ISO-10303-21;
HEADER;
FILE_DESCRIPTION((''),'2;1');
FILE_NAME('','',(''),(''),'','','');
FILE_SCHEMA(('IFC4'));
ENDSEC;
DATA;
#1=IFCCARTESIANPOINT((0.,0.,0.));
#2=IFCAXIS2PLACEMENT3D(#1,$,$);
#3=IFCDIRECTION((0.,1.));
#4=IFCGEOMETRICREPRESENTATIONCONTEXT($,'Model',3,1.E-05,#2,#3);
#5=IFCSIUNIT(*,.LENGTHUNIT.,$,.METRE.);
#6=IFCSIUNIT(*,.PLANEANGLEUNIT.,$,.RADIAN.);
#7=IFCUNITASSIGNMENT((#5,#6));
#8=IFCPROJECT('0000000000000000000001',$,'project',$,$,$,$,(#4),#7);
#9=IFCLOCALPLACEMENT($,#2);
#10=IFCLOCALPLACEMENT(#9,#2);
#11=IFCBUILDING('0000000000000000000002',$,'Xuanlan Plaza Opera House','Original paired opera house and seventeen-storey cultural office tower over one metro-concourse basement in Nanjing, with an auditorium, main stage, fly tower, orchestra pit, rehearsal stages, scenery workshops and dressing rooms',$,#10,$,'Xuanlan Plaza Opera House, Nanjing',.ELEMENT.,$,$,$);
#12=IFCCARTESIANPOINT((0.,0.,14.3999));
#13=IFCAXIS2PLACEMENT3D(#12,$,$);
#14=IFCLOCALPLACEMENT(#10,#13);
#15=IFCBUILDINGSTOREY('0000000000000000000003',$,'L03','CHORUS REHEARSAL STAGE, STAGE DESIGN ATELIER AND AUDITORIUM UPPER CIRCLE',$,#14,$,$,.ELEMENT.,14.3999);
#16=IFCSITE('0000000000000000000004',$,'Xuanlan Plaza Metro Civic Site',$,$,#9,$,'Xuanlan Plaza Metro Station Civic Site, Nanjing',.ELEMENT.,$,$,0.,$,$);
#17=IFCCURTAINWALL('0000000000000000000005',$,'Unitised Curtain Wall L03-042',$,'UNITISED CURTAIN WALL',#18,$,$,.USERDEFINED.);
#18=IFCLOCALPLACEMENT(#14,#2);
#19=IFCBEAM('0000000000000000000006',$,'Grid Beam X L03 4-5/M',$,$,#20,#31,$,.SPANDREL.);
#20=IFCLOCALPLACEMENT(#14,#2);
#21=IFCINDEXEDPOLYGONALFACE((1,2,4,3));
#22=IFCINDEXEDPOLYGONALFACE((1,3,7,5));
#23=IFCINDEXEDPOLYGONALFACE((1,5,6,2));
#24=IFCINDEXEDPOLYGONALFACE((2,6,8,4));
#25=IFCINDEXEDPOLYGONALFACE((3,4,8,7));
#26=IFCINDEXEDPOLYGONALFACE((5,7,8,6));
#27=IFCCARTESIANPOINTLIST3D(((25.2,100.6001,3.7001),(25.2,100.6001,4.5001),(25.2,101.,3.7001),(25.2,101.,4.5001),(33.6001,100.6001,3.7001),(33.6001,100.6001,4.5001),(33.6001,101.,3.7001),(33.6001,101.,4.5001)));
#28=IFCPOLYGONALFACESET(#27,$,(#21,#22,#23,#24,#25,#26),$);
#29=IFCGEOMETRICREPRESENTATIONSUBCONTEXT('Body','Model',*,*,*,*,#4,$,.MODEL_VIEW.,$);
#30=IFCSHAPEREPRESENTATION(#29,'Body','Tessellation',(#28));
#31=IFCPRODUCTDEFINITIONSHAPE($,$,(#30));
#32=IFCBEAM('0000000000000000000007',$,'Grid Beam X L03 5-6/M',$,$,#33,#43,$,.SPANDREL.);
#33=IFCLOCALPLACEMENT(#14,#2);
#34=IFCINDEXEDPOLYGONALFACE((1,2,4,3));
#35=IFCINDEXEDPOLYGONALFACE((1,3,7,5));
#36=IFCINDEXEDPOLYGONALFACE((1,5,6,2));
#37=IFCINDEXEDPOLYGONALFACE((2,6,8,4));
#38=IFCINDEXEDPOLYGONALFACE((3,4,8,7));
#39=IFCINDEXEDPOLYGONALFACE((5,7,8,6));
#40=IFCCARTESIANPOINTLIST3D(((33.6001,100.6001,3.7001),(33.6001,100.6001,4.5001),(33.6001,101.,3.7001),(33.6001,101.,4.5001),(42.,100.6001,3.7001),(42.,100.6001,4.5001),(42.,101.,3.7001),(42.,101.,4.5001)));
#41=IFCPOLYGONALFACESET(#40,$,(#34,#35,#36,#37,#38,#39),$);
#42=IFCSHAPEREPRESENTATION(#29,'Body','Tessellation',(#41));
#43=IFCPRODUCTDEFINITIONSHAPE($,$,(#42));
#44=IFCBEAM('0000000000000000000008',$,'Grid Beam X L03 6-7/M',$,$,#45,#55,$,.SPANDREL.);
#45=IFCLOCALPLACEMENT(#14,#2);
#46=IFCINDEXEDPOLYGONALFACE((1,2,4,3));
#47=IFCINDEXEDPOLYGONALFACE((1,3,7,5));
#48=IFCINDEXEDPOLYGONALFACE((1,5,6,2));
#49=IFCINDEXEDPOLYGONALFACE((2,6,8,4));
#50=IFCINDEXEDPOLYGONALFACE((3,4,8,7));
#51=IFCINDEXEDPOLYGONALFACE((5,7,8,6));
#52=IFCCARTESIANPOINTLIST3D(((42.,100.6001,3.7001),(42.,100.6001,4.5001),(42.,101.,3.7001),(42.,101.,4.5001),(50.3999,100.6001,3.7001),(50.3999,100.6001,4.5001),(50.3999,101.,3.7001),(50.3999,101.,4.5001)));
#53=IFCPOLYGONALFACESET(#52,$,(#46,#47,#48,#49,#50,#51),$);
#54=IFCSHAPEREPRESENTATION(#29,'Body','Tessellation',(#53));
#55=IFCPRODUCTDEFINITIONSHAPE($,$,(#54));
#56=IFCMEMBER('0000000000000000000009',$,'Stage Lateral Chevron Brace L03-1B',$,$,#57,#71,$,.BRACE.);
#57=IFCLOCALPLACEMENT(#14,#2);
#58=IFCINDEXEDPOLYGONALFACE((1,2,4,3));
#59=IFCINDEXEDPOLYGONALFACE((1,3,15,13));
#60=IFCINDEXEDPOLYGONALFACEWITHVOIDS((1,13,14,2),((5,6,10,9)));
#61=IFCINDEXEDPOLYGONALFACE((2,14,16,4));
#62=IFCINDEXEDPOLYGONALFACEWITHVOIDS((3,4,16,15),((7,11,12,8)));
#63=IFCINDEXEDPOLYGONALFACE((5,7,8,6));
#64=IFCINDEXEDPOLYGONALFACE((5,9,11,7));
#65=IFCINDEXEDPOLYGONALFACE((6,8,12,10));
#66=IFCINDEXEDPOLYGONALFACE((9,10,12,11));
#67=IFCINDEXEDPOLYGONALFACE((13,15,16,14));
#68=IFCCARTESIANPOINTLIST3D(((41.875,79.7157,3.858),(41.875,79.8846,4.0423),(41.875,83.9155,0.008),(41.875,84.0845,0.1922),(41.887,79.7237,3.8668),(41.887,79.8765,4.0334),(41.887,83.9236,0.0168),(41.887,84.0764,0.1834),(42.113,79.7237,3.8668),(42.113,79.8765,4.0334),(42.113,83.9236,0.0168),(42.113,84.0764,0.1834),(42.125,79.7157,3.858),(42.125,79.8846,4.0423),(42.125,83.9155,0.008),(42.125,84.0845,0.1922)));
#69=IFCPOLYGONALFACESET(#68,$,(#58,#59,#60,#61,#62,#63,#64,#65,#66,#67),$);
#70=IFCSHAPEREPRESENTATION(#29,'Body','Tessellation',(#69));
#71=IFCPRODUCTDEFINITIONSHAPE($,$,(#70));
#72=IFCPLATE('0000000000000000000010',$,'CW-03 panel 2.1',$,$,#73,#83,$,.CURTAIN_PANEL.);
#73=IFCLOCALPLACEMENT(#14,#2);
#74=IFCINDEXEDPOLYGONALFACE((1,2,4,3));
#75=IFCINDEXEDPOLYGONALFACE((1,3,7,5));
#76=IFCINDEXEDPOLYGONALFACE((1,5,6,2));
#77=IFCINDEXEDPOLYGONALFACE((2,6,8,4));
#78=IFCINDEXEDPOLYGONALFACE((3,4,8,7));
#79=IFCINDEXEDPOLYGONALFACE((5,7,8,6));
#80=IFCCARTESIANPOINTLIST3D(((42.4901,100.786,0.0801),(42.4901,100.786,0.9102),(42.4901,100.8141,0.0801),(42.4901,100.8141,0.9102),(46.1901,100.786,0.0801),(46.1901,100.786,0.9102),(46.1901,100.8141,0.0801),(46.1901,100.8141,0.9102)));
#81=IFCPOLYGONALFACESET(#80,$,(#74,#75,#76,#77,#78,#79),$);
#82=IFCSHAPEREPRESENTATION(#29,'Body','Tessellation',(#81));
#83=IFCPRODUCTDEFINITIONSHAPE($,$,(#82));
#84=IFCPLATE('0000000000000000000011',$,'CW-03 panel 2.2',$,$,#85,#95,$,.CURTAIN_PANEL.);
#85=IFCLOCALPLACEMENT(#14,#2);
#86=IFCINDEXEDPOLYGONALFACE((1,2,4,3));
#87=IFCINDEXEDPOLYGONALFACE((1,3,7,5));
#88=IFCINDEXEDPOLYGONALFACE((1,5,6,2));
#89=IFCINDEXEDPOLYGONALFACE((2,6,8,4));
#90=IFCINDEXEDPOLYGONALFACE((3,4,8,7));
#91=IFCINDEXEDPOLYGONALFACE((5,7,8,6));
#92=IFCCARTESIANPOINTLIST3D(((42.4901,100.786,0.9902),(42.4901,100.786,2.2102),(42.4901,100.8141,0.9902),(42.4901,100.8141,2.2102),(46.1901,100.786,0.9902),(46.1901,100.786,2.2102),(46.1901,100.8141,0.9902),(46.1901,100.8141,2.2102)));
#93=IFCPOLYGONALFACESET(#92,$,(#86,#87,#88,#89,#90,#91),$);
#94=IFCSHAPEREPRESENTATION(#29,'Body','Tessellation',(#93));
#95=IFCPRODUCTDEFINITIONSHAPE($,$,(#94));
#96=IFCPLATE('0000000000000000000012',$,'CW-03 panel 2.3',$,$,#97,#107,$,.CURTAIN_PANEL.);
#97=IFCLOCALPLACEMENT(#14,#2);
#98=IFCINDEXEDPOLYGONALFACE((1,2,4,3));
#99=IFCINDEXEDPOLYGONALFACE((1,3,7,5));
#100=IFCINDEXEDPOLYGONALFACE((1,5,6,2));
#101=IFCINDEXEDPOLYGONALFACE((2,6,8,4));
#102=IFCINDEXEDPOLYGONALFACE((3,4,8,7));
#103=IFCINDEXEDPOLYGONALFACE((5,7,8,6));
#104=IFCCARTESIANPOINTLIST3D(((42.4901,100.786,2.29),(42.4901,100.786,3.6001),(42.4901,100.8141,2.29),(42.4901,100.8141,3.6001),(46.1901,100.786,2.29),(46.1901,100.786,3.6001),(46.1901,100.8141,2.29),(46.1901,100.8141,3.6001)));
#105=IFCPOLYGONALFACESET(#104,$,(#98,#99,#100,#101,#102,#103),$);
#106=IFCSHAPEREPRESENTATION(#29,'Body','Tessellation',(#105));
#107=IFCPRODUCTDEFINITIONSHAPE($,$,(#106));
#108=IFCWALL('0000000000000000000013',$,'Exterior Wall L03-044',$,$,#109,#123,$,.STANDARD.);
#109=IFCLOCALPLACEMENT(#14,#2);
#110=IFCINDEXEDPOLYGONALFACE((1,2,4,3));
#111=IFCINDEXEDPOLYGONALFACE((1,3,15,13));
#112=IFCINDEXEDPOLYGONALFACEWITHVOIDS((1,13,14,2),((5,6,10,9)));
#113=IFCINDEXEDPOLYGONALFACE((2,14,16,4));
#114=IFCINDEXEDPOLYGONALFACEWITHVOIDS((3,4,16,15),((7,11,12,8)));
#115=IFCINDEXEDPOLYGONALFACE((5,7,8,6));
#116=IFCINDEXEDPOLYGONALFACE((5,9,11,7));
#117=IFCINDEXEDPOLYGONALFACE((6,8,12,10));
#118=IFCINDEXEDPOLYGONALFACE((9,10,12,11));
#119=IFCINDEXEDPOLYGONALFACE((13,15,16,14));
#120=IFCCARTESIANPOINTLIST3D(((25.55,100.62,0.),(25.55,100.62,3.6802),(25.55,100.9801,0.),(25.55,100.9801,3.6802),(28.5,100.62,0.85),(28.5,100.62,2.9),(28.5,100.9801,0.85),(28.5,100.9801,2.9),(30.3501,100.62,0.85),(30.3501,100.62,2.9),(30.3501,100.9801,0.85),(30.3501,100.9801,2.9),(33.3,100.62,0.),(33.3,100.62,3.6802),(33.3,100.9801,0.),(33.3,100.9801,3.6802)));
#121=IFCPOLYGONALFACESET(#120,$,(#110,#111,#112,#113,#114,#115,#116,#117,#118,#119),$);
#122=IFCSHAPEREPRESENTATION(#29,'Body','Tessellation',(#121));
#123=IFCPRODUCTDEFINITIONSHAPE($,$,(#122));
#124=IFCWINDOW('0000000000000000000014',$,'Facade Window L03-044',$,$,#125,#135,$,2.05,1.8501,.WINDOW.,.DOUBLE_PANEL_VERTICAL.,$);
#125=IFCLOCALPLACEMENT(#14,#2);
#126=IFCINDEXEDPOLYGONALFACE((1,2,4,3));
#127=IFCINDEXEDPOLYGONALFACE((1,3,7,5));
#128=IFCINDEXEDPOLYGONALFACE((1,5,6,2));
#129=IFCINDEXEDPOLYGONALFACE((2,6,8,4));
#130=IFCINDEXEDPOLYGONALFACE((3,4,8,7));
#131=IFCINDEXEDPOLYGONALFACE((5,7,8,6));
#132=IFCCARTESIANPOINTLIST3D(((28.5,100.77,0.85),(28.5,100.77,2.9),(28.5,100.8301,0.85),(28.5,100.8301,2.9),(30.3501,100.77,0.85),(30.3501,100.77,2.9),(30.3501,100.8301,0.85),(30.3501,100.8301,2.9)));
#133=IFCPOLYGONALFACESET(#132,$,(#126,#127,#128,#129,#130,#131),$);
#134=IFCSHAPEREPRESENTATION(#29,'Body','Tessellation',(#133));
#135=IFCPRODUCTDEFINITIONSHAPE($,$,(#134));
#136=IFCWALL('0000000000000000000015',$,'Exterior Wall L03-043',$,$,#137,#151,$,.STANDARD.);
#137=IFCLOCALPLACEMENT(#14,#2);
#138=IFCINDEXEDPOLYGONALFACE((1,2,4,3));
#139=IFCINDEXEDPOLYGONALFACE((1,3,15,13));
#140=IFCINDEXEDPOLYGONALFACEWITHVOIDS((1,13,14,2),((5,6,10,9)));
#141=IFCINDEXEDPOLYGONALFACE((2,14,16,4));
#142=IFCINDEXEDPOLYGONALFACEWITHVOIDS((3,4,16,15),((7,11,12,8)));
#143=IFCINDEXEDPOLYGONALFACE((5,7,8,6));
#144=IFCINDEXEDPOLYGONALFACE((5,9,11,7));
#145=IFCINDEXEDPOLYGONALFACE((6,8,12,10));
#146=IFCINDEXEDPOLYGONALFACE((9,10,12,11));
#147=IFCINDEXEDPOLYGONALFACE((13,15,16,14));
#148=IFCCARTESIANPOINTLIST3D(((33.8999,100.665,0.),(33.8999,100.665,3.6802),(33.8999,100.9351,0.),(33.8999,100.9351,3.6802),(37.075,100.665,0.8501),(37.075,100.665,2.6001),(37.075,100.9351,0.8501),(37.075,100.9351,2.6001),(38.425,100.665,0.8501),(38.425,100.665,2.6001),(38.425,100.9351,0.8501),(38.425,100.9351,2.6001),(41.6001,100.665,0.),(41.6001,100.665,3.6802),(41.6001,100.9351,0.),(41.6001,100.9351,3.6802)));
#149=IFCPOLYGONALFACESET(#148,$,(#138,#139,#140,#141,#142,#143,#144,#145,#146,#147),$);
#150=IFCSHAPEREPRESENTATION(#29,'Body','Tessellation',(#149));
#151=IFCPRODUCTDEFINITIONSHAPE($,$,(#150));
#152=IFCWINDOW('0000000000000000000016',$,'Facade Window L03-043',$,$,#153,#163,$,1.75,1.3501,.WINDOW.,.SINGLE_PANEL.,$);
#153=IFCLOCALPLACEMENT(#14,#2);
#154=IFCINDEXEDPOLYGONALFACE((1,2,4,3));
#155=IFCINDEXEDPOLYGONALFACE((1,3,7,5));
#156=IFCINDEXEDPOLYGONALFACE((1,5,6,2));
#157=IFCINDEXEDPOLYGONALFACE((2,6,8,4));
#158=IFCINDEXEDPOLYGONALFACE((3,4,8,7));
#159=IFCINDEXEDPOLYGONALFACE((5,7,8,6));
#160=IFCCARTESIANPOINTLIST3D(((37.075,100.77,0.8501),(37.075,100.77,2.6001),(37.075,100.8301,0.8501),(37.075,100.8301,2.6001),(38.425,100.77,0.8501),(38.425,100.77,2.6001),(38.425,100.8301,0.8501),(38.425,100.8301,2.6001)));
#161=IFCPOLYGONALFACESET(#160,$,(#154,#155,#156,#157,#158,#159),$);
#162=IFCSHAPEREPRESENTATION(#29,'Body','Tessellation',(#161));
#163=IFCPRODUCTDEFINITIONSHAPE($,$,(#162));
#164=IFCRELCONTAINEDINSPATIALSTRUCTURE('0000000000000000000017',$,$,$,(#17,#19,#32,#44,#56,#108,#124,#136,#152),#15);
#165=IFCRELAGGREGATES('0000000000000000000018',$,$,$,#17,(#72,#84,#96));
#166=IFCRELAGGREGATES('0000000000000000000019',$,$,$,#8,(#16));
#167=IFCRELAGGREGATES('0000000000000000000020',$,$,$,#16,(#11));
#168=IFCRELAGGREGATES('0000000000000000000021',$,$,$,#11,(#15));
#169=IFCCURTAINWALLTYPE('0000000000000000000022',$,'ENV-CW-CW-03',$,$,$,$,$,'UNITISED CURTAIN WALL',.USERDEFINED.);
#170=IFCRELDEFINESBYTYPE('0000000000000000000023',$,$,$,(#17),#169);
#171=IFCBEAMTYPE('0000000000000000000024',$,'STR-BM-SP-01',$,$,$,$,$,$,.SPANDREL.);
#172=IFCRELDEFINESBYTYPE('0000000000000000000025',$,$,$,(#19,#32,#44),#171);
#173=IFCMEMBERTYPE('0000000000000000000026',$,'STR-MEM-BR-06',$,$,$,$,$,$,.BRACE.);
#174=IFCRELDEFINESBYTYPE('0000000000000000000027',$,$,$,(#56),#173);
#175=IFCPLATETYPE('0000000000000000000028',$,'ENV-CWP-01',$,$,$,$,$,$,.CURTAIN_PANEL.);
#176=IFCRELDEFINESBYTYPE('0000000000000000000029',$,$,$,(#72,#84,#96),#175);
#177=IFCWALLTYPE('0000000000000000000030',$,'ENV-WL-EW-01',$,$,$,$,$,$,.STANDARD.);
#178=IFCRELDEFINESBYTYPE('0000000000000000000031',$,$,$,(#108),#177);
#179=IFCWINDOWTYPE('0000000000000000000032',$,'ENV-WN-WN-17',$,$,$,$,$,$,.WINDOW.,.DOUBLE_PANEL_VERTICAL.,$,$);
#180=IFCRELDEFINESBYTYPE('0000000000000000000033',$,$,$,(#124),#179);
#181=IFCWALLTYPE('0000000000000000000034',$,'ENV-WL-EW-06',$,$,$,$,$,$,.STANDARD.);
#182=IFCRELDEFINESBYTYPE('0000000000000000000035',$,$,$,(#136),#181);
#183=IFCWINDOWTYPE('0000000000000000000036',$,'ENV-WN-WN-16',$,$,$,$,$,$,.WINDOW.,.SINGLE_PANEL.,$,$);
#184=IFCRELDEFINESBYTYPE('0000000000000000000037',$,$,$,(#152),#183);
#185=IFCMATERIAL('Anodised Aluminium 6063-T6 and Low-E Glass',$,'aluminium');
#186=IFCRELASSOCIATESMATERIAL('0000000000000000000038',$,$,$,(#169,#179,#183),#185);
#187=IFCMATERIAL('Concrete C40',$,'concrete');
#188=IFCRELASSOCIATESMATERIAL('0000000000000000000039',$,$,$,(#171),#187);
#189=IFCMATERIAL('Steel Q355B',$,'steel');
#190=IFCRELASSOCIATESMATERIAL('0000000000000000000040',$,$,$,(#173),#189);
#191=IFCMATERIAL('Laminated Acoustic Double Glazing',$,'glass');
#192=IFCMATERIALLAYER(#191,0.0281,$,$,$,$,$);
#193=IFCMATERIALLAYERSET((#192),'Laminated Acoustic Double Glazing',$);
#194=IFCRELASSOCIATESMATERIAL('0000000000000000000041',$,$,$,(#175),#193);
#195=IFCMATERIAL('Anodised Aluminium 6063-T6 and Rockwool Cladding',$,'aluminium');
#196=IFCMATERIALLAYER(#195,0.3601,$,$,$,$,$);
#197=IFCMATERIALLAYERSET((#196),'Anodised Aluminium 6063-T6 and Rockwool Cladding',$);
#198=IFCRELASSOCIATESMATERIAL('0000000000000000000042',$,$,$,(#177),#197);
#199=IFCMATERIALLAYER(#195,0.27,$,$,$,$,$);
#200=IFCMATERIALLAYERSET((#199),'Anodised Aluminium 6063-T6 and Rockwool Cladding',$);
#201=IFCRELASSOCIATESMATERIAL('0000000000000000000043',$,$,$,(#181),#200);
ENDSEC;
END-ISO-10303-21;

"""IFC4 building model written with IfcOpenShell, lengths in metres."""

from ifc_helpers import new_model, si_unit, direction, frame, frame_2d, origin, origin_2d, place, context, subcontext, project, spatial, rectangle, hollow_rectangle, extrude, material, layer, layer_set, material_profile, profile_set, type_object, element, fill, aggregate, save


model = new_model("IFC4")

# Units and contexts
model_context = context("Model", 3, precision=1e-05, world=origin(), true_north=direction((0.0, 1.0)))
body_context = subcontext(model_context, "Body", "Model", "MODEL_VIEW")
ifc_project = project(units=[si_unit("LENGTHUNIT", "METRE"), si_unit("PLANEANGLEUNIT", "RADIAN")], contexts=[model_context])

# Site, building, storey
site_placement = place(None, origin())
site = spatial("IfcSite", under=ifc_project, at=site_placement, Name="Xuanlan Plaza Metro Civic Site", LongName="Xuanlan Plaza Metro Station Civic Site, Nanjing", CompositionType="ELEMENT", RefElevation=0.0)
building_placement = place(site_placement, origin())
building = spatial("IfcBuilding", under=site, at=building_placement, Name="Xuanlan Plaza Opera House", Description="Original paired opera house and seventeen-storey cultural office tower over one metro-concourse basement in Nanjing, with an auditorium, main stage, fly tower, orchestra pit, rehearsal stages, scenery workshops and dressing rooms", LongName="Xuanlan Plaza Opera House, Nanjing", CompositionType="ELEMENT")
storey_placement = place(building_placement, frame((0.0, 0.0, 14.3999)))
storey = spatial("IfcBuildingStorey", under=building, at=storey_placement, Name="L03", Description="CHORUS REHEARSAL STAGE, STAGE DESIGN ATELIER AND AUDITORIUM UPPER CIRCLE", CompositionType="ELEMENT", Elevation=14.3999)

# Shared definitions
ifc_material_1 = material(Name="Concrete C40", Category="concrete")

# Curtain wall
ifc_material_2 = material(Name="Anodised Aluminium 6063-T6 and Low-E Glass", Category="aluminium")
curtain_wall_type = type_object("IfcCurtainWallType", Name="ENV-CW-CW-03", ElementType="UNITISED CURTAIN WALL", PredefinedType="USERDEFINED", material=ifc_material_2)
curtain_wall_placement = place(storey_placement, origin())
curtain_wall = element("IfcCurtainWall", 1, at=curtain_wall_placement, inside=storey, type_object=curtain_wall_type, Name="Unitised Curtain Wall L03-042", ObjectType="UNITISED CURTAIN WALL", PredefinedType="USERDEFINED")

# Beams
ifc_material_3 = material(Name="Steel Q355B", Category="steel")
ifc_material_profile_1 = material_profile(ifc_material_1, rectangle(XDim=0.3999, YDim=0.8, at=origin_2d()), Name="RC-SPD 400x800")
ifc_profile_set_1 = profile_set([ifc_material_profile_1], Name="Concrete C40")
beam_type_1 = type_object("IfcBeamType", Name="STR-BM-SP-01", PredefinedType="SPANDREL", material=ifc_profile_set_1)
beam_1_placement = place(storey_placement, frame((25.2, 100.8, 4.1001), z_axis=(1.0, 0.0, 0.0), x_axis=(0.0, 1.0, 0.0)))
element("IfcBeam", 2, at=beam_1_placement, inside=storey, type_object=beam_type_1, Name="Grid Beam X L03 4-5/M", PredefinedType="SPANDREL", context=body_context, shape_type="SweptSolid", body=[
    extrude(rectangle(XDim=0.3999, YDim=0.8, at=origin_2d()), origin(), (0.0, 0.0, 1.0), 8.4001),
])
for number, where, z_axis, x_axis, name in (
    (3, (33.6001, 100.8, 4.1001), (1.0, 0.0, 0.0), (0.0, 1.0, 0.0), "Grid Beam X L03 5-6/M"),
    (4, (42.0, 100.8, 4.1001), (1.0, 0.0, 0.0), (0.0, 1.0, 0.0), "Grid Beam X L03 6-7/M"),
):
    element("IfcBeam", number, at=place(storey_placement, frame(where, z_axis=z_axis, x_axis=x_axis)), inside=storey, type_object=beam_type_1, Name=name, PredefinedType="SPANDREL", context=body_context, shape_type="SweptSolid", body=[
        extrude(rectangle(XDim=0.3999, YDim=0.8, at=origin_2d()), origin(), (0.0, 0.0, 1.0), 8.3999),
    ])

# Member
ifc_material_profile_2 = material_profile(ifc_material_3, hollow_rectangle(XDim=0.25, YDim=0.25, WallThickness=0.012, at=origin_2d()), Name="SHS 250x250x12")
ifc_profile_set_2 = profile_set([ifc_material_profile_2], Name="Steel Q355B")
member_type_1 = type_object("IfcMemberType", Name="STR-MEM-BR-06", PredefinedType="BRACE", material=ifc_profile_set_2)
member_1_placement = place(storey_placement, frame((42.0, 84.0, 0.1001), z_axis=(0.0, -0.737142, 0.675738), x_axis=(1.0, 0.0, 0.0)))
element("IfcMember", 5, at=member_1_placement, inside=storey, type_object=member_type_1, Name="Stage Lateral Chevron Brace L03-1B", PredefinedType="BRACE", context=body_context, shape_type="SweptSolid", body=[
    extrude(hollow_rectangle(XDim=0.25, YDim=0.25, WallThickness=0.012, at=origin_2d()), origin(), (0.0, 0.0, 1.0), 5.6975),
])

# Plates
ifc_material_4 = material(Name="Laminated Acoustic Double Glazing", Category="glass")
ifc_layer_1 = layer(ifc_material_4, 0.0281)
ifc_layer_set_1 = layer_set([ifc_layer_1], Name="Laminated Acoustic Double Glazing")
plate_type = type_object("IfcPlateType", Name="ENV-CWP-01", PredefinedType="CURTAIN_PANEL", material=ifc_layer_set_1)
plate_1_placement = place(storey_placement, frame((44.3401, 100.8, 0.0801), z_axis=(0.0, 0.0, 1.0), x_axis=(-1.0, 0.0, 0.0)))
plate_1 = element("IfcPlate", 6, at=plate_1_placement, type_object=plate_type, Name="CW-03 panel 2.1", PredefinedType="CURTAIN_PANEL", context=body_context, shape_type="SweptSolid", body=[
    extrude(rectangle(XDim=3.7, YDim=0.0281, at=origin_2d()), origin(), (0.0, 0.0, 1.0), 0.8301),
])
plate_2_placement = place(storey_placement, frame((44.3401, 100.8, 0.9902), z_axis=(0.0, 0.0, 1.0), x_axis=(-1.0, 0.0, 0.0)))
plate_2 = element("IfcPlate", 7, at=plate_2_placement, type_object=plate_type, Name="CW-03 panel 2.2", PredefinedType="CURTAIN_PANEL", context=body_context, shape_type="SweptSolid", body=[
    extrude(rectangle(XDim=3.7, YDim=0.0281, at=origin_2d()), origin(), (0.0, 0.0, 1.0), 1.22),
])
plate_3_placement = place(storey_placement, frame((44.3401, 100.8, 2.29), z_axis=(0.0, 0.0, 1.0), x_axis=(-1.0, 0.0, 0.0)))
plate_3 = element("IfcPlate", 8, at=plate_3_placement, type_object=plate_type, Name="CW-03 panel 2.3", PredefinedType="CURTAIN_PANEL", context=body_context, shape_type="SweptSolid", body=[
    extrude(rectangle(XDim=3.7, YDim=0.0281, at=origin_2d()), origin(), (0.0, 0.0, 1.0), 1.3101),
])
aggregate(curtain_wall, [plate_1, plate_2, plate_3])

# Walls, openings, windows
ifc_material_5 = material(Name="Anodised Aluminium 6063-T6 and Rockwool Cladding", Category="aluminium")
ifc_layer_2 = layer(ifc_material_5, 0.3601)
ifc_layer_set_2 = layer_set([ifc_layer_2], Name="Anodised Aluminium 6063-T6 and Rockwool Cladding")
wall_type_1 = type_object("IfcWallType", Name="ENV-WL-EW-01", PredefinedType="STANDARD", material=ifc_layer_set_2)
wall_1_placement = place(storey_placement, frame((33.3, 100.8, 0.0), z_axis=(0.0, 0.0, 1.0), x_axis=(-1.0, 0.0, 0.0)))
wall_1 = element("IfcWall", 9, at=wall_1_placement, inside=storey, type_object=wall_type_1, Name="Exterior Wall L03-044", PredefinedType="STANDARD", context=body_context, shape_type="SweptSolid", body=[
    extrude(rectangle(XDim=7.75, YDim=0.3601, at=frame_2d((3.875, 0.0))), origin(), (0.0, 0.0, 1.0), 3.6802),
])
opening_1_placement = place(wall_1_placement, frame((2.95, 0.0, 0.8501)))
opening_1 = element("IfcOpeningElement", 10, at=opening_1_placement, cuts=wall_1, PredefinedType="OPENING", context=body_context, shape_type="SweptSolid", body=[
    extrude(rectangle(XDim=1.8501, YDim=2.05, at=frame_2d((0.925, 1.0249))), frame((0.0, 0.1899, 0.0), z_axis=(0.0, -1.0, 0.0), x_axis=(1.0, 0.0, 0.0)), (0.0, 0.0, 1.0), 0.3801),
])
window_type_1 = type_object("IfcWindowType", Name="ENV-WN-WN-17", PartitioningType="DOUBLE_PANEL_VERTICAL", PredefinedType="WINDOW", material=ifc_material_2)
window_1_placement = place(opening_1_placement, origin())
window_1 = element("IfcWindow", 11, at=window_1_placement, inside=storey, type_object=window_type_1, Name="Facade Window L03-044", OverallHeight=2.05, OverallWidth=1.8501, PartitioningType="DOUBLE_PANEL_VERTICAL", PredefinedType="WINDOW", context=body_context, shape_type="SweptSolid", body=[
    extrude(rectangle(XDim=1.8501, YDim=2.05, at=frame_2d((0.925, 1.0249))), frame((0.0, 0.03, 0.0), z_axis=(0.0, -1.0, 0.0), x_axis=(1.0, 0.0, 0.0)), (0.0, 0.0, 1.0), 0.0601),
])
fill(opening_1, window_1)
ifc_layer_3 = layer(ifc_material_5, 0.27)
ifc_layer_set_3 = layer_set([ifc_layer_3], Name="Anodised Aluminium 6063-T6 and Rockwool Cladding")
wall_type_2 = type_object("IfcWallType", Name="ENV-WL-EW-06", PredefinedType="STANDARD", material=ifc_layer_set_3)
wall_2_placement = place(storey_placement, frame((41.6001, 100.8, 0.0), z_axis=(0.0, 0.0, 1.0), x_axis=(-1.0, 0.0, 0.0)))
wall_2 = element("IfcWall", 12, at=wall_2_placement, inside=storey, type_object=wall_type_2, Name="Exterior Wall L03-043", PredefinedType="STANDARD", context=body_context, shape_type="SweptSolid", body=[
    extrude(rectangle(XDim=7.7002, YDim=0.27, at=frame_2d((3.8501, 0.0))), origin(), (0.0, 0.0, 1.0), 3.6802),
])
opening_2_placement = place(wall_2_placement, frame((3.175, 0.0, 0.8501)))
opening_2 = element("IfcOpeningElement", 13, at=opening_2_placement, cuts=wall_2, PredefinedType="OPENING", context=body_context, shape_type="SweptSolid", body=[
    extrude(rectangle(XDim=1.3501, YDim=1.75, at=frame_2d((0.675, 0.875))), frame((0.0, 0.145, 0.0), z_axis=(0.0, -1.0, 0.0), x_axis=(1.0, 0.0, 0.0)), (0.0, 0.0, 1.0), 0.29),
])
window_type_2 = type_object("IfcWindowType", Name="ENV-WN-WN-16", PartitioningType="SINGLE_PANEL", PredefinedType="WINDOW", material=ifc_material_2)
window_2_placement = place(opening_2_placement, origin())
window_2 = element("IfcWindow", 14, at=window_2_placement, inside=storey, type_object=window_type_2, Name="Facade Window L03-043", OverallHeight=1.75, OverallWidth=1.3501, PartitioningType="SINGLE_PANEL", PredefinedType="WINDOW", context=body_context, shape_type="SweptSolid", body=[
    extrude(rectangle(XDim=1.3501, YDim=1.75, at=frame_2d((0.675, 0.875))), frame((0.0, 0.03, 0.0), z_axis=(0.0, -1.0, 0.0), x_axis=(1.0, 0.0, 0.0)), (0.0, 0.0, 1.0), 0.0601),
])
fill(opening_2, window_2)

save(model, "model.ifc")
